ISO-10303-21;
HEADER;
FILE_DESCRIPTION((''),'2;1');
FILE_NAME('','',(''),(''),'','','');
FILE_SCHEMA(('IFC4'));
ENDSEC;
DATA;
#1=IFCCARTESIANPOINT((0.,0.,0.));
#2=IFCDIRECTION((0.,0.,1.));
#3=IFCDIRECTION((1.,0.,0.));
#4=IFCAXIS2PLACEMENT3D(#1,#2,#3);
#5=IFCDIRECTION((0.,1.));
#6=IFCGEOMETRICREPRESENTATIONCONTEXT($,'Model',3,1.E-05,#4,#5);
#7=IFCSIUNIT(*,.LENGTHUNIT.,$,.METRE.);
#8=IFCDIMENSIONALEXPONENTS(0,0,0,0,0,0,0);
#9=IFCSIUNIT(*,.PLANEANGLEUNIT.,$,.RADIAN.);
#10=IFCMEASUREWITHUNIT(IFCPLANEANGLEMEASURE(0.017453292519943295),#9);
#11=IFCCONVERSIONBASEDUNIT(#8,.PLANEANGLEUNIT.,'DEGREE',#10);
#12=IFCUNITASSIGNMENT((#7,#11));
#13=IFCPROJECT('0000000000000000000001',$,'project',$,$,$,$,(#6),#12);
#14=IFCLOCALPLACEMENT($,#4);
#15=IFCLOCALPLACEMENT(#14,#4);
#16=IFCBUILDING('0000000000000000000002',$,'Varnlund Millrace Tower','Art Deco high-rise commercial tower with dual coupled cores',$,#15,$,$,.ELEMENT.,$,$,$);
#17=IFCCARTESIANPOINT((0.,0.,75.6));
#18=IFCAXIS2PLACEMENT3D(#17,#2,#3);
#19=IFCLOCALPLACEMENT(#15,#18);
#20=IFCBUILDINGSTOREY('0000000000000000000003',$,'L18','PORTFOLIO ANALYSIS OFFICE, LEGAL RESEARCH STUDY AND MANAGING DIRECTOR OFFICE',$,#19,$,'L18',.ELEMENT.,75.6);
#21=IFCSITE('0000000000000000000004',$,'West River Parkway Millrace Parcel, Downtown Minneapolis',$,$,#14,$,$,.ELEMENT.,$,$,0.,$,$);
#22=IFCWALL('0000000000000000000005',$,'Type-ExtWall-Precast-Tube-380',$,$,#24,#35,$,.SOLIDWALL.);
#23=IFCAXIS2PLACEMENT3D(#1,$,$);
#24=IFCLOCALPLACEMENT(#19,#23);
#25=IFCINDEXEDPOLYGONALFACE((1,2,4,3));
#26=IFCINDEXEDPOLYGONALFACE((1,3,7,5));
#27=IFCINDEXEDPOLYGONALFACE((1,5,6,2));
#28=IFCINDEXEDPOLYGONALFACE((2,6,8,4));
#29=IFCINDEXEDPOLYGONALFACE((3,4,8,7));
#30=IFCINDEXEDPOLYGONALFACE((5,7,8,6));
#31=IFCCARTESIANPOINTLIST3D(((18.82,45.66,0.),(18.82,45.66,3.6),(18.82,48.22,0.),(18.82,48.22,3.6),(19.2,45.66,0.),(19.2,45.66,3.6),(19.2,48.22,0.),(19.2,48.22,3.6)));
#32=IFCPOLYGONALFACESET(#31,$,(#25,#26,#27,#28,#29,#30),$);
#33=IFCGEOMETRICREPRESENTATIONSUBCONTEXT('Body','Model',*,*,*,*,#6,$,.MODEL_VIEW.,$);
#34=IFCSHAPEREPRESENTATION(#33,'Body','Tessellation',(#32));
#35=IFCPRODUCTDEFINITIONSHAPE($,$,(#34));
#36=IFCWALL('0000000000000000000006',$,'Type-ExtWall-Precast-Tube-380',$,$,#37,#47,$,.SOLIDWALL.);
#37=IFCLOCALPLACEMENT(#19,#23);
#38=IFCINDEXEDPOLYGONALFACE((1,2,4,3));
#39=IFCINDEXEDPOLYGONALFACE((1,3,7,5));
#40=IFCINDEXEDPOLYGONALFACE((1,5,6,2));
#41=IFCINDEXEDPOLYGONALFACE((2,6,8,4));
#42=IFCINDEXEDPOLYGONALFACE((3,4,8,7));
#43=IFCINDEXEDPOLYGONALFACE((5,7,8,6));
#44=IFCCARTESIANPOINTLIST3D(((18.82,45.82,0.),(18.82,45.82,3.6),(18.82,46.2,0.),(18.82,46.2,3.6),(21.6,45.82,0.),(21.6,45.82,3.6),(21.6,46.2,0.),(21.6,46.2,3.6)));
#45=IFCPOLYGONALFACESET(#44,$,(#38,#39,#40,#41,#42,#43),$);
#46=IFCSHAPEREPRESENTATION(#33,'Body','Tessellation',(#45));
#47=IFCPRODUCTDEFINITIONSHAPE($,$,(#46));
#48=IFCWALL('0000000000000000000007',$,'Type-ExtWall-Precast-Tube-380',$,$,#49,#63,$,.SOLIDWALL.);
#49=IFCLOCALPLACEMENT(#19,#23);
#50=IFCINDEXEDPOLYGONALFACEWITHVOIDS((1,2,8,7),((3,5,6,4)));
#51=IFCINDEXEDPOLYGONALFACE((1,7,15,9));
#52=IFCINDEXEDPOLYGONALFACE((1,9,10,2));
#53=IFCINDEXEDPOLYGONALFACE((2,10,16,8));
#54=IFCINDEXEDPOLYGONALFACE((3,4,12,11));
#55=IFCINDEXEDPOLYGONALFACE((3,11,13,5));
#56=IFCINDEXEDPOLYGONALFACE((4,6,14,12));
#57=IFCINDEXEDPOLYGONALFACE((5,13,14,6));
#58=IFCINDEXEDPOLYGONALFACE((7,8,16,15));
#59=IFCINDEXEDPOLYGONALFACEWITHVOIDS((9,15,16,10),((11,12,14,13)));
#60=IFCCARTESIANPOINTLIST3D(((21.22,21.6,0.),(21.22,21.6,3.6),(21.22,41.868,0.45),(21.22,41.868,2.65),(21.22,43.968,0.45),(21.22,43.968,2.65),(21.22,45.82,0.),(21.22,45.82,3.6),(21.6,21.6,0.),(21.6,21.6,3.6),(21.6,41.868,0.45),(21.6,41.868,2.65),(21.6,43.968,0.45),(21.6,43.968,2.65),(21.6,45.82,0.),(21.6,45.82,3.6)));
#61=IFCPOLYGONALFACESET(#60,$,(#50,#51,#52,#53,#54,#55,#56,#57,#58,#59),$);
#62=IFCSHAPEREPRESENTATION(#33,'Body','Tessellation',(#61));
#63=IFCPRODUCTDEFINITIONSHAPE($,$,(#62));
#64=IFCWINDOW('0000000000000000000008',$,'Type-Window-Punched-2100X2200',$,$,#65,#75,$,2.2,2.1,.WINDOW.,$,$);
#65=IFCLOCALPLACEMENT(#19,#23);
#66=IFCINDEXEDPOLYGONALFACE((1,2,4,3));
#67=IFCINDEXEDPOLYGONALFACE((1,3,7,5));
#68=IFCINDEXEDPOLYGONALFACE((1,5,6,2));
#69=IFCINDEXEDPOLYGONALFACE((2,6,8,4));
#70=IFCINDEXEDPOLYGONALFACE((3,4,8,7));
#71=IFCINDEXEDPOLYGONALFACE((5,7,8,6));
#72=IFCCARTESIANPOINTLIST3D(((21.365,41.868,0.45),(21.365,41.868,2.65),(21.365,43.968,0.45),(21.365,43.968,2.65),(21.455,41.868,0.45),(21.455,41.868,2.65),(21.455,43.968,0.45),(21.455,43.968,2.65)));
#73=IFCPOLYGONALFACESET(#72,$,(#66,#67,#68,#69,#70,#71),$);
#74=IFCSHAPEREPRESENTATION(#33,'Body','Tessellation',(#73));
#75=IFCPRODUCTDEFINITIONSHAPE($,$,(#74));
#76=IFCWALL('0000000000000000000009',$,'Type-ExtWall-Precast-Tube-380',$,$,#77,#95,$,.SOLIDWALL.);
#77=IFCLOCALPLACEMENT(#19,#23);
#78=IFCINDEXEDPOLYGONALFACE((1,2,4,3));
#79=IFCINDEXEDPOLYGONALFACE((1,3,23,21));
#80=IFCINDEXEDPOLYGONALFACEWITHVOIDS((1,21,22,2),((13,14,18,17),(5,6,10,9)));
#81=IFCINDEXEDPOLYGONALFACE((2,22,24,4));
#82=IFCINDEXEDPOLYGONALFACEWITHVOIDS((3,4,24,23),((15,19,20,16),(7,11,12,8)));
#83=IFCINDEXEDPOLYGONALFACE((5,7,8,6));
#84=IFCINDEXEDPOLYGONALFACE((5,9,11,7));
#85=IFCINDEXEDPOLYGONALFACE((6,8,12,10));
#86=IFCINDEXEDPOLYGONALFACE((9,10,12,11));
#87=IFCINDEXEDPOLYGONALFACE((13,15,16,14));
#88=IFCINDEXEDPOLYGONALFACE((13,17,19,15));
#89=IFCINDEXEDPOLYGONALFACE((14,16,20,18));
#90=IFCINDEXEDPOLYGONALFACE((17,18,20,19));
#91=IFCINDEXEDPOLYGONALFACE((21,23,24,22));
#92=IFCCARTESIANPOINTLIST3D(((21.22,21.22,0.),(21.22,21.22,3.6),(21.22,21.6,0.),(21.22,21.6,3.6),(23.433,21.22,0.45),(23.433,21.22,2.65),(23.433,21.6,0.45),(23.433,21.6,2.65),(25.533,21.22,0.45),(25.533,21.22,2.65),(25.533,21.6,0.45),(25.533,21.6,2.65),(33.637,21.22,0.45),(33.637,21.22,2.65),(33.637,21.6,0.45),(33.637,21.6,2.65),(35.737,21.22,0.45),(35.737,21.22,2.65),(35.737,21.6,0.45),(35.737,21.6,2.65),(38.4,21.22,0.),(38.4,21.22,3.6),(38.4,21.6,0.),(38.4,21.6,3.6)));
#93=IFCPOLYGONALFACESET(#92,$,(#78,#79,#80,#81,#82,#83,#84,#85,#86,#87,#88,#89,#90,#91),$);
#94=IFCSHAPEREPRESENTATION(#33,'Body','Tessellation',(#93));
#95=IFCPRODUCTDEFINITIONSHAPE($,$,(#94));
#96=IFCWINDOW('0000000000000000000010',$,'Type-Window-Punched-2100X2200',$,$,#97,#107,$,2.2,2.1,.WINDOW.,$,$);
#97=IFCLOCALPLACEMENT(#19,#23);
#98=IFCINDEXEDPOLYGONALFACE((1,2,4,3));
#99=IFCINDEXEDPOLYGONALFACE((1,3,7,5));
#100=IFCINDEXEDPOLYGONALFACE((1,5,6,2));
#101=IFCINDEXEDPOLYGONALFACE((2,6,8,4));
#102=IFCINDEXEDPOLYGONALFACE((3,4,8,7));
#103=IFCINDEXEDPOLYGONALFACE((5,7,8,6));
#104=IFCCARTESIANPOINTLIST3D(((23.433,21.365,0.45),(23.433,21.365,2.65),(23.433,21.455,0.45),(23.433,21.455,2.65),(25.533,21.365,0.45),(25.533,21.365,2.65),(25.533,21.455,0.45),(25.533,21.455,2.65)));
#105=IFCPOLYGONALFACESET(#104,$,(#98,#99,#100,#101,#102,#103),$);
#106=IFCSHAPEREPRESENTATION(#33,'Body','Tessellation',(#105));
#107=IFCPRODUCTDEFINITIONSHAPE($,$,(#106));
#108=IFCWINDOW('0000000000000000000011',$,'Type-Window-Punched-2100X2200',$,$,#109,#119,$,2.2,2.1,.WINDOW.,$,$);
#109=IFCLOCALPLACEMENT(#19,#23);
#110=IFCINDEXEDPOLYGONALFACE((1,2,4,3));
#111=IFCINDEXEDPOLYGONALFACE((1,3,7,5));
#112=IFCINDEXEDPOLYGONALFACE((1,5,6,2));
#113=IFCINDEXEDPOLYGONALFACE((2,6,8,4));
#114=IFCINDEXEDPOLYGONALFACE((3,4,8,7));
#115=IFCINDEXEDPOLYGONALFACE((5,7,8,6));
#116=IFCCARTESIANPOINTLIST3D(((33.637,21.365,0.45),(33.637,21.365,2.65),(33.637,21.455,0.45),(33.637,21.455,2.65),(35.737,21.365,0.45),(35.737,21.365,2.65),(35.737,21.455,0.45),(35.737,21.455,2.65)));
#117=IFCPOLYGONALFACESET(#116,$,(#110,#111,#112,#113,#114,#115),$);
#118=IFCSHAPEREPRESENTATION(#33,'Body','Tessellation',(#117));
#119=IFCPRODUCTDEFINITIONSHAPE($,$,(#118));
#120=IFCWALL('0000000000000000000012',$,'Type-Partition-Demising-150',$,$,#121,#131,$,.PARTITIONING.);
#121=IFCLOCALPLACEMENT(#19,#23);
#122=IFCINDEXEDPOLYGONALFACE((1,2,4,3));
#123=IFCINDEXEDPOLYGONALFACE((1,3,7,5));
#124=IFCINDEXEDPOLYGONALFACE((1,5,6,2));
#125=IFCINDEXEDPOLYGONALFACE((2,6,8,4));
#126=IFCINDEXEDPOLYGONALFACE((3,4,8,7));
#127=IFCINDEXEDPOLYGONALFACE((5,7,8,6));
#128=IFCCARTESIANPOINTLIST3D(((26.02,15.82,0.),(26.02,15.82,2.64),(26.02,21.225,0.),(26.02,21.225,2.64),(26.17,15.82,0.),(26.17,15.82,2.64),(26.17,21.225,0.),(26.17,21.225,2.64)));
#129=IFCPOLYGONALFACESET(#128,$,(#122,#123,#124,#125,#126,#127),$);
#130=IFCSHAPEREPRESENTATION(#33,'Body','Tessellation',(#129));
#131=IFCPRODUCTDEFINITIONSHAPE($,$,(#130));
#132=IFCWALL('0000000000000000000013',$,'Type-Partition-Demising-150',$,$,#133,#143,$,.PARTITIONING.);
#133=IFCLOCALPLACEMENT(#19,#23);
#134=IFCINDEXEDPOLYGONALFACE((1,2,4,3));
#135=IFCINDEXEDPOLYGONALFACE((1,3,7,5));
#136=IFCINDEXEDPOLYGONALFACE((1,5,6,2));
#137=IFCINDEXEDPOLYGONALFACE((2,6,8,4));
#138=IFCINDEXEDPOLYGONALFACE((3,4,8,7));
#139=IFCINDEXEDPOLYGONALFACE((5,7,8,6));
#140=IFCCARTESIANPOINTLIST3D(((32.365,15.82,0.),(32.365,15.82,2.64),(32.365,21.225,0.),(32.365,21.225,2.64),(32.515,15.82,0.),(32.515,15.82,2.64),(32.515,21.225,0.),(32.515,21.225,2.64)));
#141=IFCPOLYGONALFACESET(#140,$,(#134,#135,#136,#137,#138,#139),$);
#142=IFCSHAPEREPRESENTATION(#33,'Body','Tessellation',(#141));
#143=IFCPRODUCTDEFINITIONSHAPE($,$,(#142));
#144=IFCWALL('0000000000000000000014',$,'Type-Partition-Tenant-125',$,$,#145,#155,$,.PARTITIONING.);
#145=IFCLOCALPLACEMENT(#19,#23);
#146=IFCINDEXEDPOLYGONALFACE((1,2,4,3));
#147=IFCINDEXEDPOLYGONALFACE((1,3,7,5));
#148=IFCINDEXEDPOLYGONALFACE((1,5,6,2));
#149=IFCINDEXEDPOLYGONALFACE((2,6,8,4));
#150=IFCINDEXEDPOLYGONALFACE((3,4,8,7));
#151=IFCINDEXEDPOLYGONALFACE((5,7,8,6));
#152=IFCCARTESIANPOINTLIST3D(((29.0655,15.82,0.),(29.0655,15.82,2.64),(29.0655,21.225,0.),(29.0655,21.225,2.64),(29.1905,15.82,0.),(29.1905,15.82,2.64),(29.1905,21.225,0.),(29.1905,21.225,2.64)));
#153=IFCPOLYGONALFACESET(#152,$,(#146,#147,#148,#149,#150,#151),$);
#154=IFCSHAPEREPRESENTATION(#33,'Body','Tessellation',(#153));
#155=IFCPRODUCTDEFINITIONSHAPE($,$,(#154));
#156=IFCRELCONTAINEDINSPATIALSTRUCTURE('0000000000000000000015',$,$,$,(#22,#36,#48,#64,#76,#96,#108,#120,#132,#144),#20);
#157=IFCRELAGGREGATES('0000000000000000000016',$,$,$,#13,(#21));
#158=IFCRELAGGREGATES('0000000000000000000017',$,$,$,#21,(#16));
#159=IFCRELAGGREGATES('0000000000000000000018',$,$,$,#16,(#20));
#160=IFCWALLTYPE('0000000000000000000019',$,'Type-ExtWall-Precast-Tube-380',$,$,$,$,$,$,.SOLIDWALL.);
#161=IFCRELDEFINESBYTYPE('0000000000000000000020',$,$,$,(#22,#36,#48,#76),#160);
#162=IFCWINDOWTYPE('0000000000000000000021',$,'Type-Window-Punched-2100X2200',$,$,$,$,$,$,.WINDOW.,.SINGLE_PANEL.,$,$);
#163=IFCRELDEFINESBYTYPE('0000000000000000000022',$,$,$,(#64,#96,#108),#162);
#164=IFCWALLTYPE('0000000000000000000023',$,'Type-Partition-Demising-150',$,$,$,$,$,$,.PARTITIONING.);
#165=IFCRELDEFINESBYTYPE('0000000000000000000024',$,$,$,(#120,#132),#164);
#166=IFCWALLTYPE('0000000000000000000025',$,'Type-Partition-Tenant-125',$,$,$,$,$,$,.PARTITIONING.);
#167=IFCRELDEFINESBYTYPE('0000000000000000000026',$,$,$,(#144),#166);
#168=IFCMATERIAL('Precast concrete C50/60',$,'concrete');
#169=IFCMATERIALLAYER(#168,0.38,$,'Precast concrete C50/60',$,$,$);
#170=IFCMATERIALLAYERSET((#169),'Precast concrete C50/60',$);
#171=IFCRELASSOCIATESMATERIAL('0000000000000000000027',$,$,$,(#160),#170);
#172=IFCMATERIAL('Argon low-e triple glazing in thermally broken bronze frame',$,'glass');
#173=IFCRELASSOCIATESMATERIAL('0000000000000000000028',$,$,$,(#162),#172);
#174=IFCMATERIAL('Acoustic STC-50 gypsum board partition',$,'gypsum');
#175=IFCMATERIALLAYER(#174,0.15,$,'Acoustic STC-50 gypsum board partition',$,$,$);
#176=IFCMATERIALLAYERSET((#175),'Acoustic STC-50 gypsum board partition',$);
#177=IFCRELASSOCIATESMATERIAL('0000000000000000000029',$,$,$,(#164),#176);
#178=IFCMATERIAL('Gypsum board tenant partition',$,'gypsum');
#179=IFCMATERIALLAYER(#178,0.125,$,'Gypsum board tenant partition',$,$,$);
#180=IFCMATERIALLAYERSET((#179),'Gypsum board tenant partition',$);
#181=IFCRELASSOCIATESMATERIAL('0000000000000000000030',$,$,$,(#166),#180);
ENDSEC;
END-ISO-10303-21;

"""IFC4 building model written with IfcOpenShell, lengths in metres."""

from ifc_helpers import new_model, entity, si_unit, converted_unit, direction, frame, origin_with_axes, origin_2d_with_axis, place, context, subcontext, project, spatial, polyline, rectangle, outline, extrude, material, layer, layer_set, type_object, element, fill, save


model = new_model("IFC4")

# Units and contexts
model_context = context("Model", 3, precision=1e-05, world=origin_with_axes(), true_north=direction((0.0, 1.0)))
body_context = subcontext(model_context, "Body", "Model", "MODEL_VIEW")
ifc_project = project(units=[si_unit("LENGTHUNIT", "METRE"), converted_unit("PLANEANGLEUNIT", "DEGREE", entity("IfcPlaneAngleMeasure", 0.017453292519943295), si_unit("PLANEANGLEUNIT", "RADIAN"), dimensions=[0, 0, 0, 0, 0, 0, 0])], contexts=[model_context])

# Site, building, storey
site_placement = place(None, origin_with_axes())
site = spatial("IfcSite", under=ifc_project, at=site_placement, Name="West River Parkway Millrace Parcel, Downtown Minneapolis", CompositionType="ELEMENT", RefElevation=0.0)
building_placement = place(site_placement, origin_with_axes())
building = spatial("IfcBuilding", under=site, at=building_placement, Name="Varnlund Millrace Tower", Description="Art Deco high-rise commercial tower with dual coupled cores", CompositionType="ELEMENT")
storey_placement = place(building_placement, frame((0.0, 0.0, 75.6), z_axis=(0.0, 0.0, 1.0), x_axis=(1.0, 0.0, 0.0)))
storey = spatial("IfcBuildingStorey", under=building, at=storey_placement, Name="L18", Description="PORTFOLIO ANALYSIS OFFICE, LEGAL RESEARCH STUDY AND MANAGING DIRECTOR OFFICE", LongName="L18", CompositionType="ELEMENT", Elevation=75.6)

# Shared definitions
ifc_material_1 = material(Name="Precast concrete C50/60", Category="concrete")
ifc_layer_1 = layer(ifc_material_1, 0.38, Name="Precast concrete C50/60")
ifc_layer_set_1 = layer_set([ifc_layer_1], Name="Precast concrete C50/60")
wall_type_1 = type_object("IfcWallType", Name="Type-ExtWall-Precast-Tube-380", PredefinedType="SOLIDWALL", material=ifc_layer_set_1)

# Shared definitions
ifc_material_2 = material(Name="Argon low-e triple glazing in thermally broken bronze frame", Category="glass")
window_type = type_object("IfcWindowType", Name="Type-Window-Punched-2100X2200", PartitioningType="SINGLE_PANEL", PredefinedType="WINDOW", material=ifc_material_2)

# Walls
wall_1_placement = place(storey_placement, frame((19.01, 48.22, 0.0), z_axis=(0.0, 0.0, 1.0), x_axis=(0.0, -1.0, 0.0)))
element("IfcWall", 1, at=wall_1_placement, inside=storey, type_object=wall_type_1, Name="Type-ExtWall-Precast-Tube-380", PredefinedType="SOLIDWALL", context=body_context, shape_type="SweptSolid", body=[
    extrude(outline(polyline([(0.0, -0.19), (2.56, -0.19), (2.56, 0.19), (0.0, 0.19), (0.0, -0.19)])), origin_with_axes(), (0.0, 0.0, 1.0), 3.6),
])
wall_2_placement = place(storey_placement, frame((18.82, 46.01, 0.0), z_axis=(0.0, 0.0, 1.0), x_axis=(1.0, 0.0, 0.0)))
element("IfcWall", 2, at=wall_2_placement, inside=storey, type_object=wall_type_1, Name="Type-ExtWall-Precast-Tube-380", PredefinedType="SOLIDWALL", context=body_context, shape_type="SweptSolid", body=[
    extrude(outline(polyline([(0.0, -0.19), (2.78, -0.19), (2.78, 0.19), (0.0, 0.19), (0.0, -0.19)])), origin_with_axes(), (0.0, 0.0, 1.0), 3.6),
])

# Wall, opening, window
wall_3_placement = place(storey_placement, frame((21.41, 45.82, 0.0), z_axis=(0.0, 0.0, 1.0), x_axis=(0.0, -1.0, 0.0)))
wall_3 = element("IfcWall", 3, at=wall_3_placement, inside=storey, type_object=wall_type_1, Name="Type-ExtWall-Precast-Tube-380", PredefinedType="SOLIDWALL", context=body_context, shape_type="SweptSolid", body=[
    extrude(outline(polyline([(0.0, -0.19), (24.22, -0.19), (24.22, 0.19), (0.0, 0.19), (0.0, -0.19)])), origin_with_axes(), (0.0, 0.0, 1.0), 3.6),
])
opening_1_placement = place(wall_3_placement, frame((2.902, 0.0, 0.45), z_axis=(0.0, 0.0, 1.0), x_axis=(1.0, 0.0, 0.0)))
opening_1 = element("IfcOpeningElement", 4, at=opening_1_placement, cuts=wall_3, PredefinedType="OPENING", context=body_context, shape_type="SweptSolid", body=[
    extrude(rectangle(XDim=2.1, YDim=0.4, at=origin_2d_with_axis()), origin_with_axes(), (0.0, 0.0, 1.0), 2.2),
])
window_1_placement = place(wall_3_placement, frame((2.902, 0.0, 0.45), z_axis=(0.0, 0.0, 1.0), x_axis=(1.0, 0.0, 0.0)))
window_1 = element("IfcWindow", 5, at=window_1_placement, inside=storey, type_object=window_type, Name="Type-Window-Punched-2100X2200", OverallHeight=2.2, OverallWidth=2.1, PredefinedType="WINDOW", context=body_context, shape_type="SweptSolid", body=[
    extrude(rectangle(XDim=2.1, YDim=0.09, at=origin_2d_with_axis()), origin_with_axes(), (0.0, 0.0, 1.0), 2.2),
])
fill(opening_1, window_1)

# Wall, openings, windows
wall_4_placement = place(storey_placement, frame((21.22, 21.41, 0.0), z_axis=(0.0, 0.0, 1.0), x_axis=(1.0, 0.0, 0.0)))
wall_4 = element("IfcWall", 6, at=wall_4_placement, inside=storey, type_object=wall_type_1, Name="Type-ExtWall-Precast-Tube-380", PredefinedType="SOLIDWALL", context=body_context, shape_type="SweptSolid", body=[
    extrude(outline(polyline([(0.0, -0.19), (17.18, -0.19), (17.18, 0.19), (0.0, 0.19), (0.0, -0.19)])), origin_with_axes(), (0.0, 0.0, 1.0), 3.6),
])
opening_2_placement = place(wall_4_placement, frame((3.263, 0.0, 0.45), z_axis=(0.0, 0.0, 1.0), x_axis=(1.0, 0.0, 0.0)))
opening_2 = element("IfcOpeningElement", 7, at=opening_2_placement, cuts=wall_4, PredefinedType="OPENING", context=body_context, shape_type="SweptSolid", body=[
    extrude(rectangle(XDim=2.1, YDim=0.4, at=origin_2d_with_axis()), origin_with_axes(), (0.0, 0.0, 1.0), 2.2),
])
opening_3_placement = place(wall_4_placement, frame((13.467, 0.0, 0.45), z_axis=(0.0, 0.0, 1.0), x_axis=(1.0, 0.0, 0.0)))
opening_3 = element("IfcOpeningElement", 8, at=opening_3_placement, cuts=wall_4, PredefinedType="OPENING", context=body_context, shape_type="SweptSolid", body=[
    extrude(rectangle(XDim=2.1, YDim=0.4, at=origin_2d_with_axis()), origin_with_axes(), (0.0, 0.0, 1.0), 2.2),
])
window_2_placement = place(wall_4_placement, frame((3.263, 0.0, 0.45), z_axis=(0.0, 0.0, 1.0), x_axis=(1.0, 0.0, 0.0)))
window_2 = element("IfcWindow", 9, at=window_2_placement, inside=storey, type_object=window_type, Name="Type-Window-Punched-2100X2200", OverallHeight=2.2, OverallWidth=2.1, PredefinedType="WINDOW", context=body_context, shape_type="SweptSolid", body=[
    extrude(rectangle(XDim=2.1, YDim=0.09, at=origin_2d_with_axis()), origin_with_axes(), (0.0, 0.0, 1.0), 2.2),
])
fill(opening_2, window_2)
window_3_placement = place(wall_4_placement, frame((13.467, 0.0, 0.45), z_axis=(0.0, 0.0, 1.0), x_axis=(1.0, 0.0, 0.0)))
window_3 = element("IfcWindow", 10, at=window_3_placement, inside=storey, type_object=window_type, Name="Type-Window-Punched-2100X2200", OverallHeight=2.2, OverallWidth=2.1, PredefinedType="WINDOW", context=body_context, shape_type="SweptSolid", body=[
    extrude(rectangle(XDim=2.1, YDim=0.09, at=origin_2d_with_axis()), origin_with_axes(), (0.0, 0.0, 1.0), 2.2),
])
fill(opening_3, window_3)

# Walls
ifc_material_3 = material(Name="Acoustic STC-50 gypsum board partition", Category="gypsum")
ifc_layer_2 = layer(ifc_material_3, 0.15, Name="Acoustic STC-50 gypsum board partition")
ifc_layer_set_2 = layer_set([ifc_layer_2], Name="Acoustic STC-50 gypsum board partition")
wall_type_2 = type_object("IfcWallType", Name="Type-Partition-Demising-150", PredefinedType="PARTITIONING", material=ifc_layer_set_2)
for number, where, z_axis, x_axis, name in (
    (11, (26.095, 15.82, 0.0), (0.0, 0.0, 1.0), (0.0, 1.0, 0.0), "Type-Partition-Demising-150"),
    (12, (32.44, 15.82, 0.0), (0.0, 0.0, 1.0), (0.0, 1.0, 0.0), "Type-Partition-Demising-150"),
):
    element("IfcWall", number, at=place(storey_placement, frame(where, z_axis=z_axis, x_axis=x_axis)), inside=storey, type_object=wall_type_2, Name=name, PredefinedType="PARTITIONING", context=body_context, shape_type="SweptSolid", body=[
        extrude(outline(polyline([(0.0, -0.075), (5.405, -0.075), (5.405, 0.075), (0.0, 0.075), (0.0, -0.075)])), origin_with_axes(), (0.0, 0.0, 1.0), 2.64),
    ])
ifc_material_4 = material(Name="Gypsum board tenant partition", Category="gypsum")
ifc_layer_3 = layer(ifc_material_4, 0.125, Name="Gypsum board tenant partition")
ifc_layer_set_3 = layer_set([ifc_layer_3], Name="Gypsum board tenant partition")
wall_type_3 = type_object("IfcWallType", Name="Type-Partition-Tenant-125", PredefinedType="PARTITIONING", material=ifc_layer_set_3)
wall_5_placement = place(storey_placement, frame((29.128, 15.82, 0.0), z_axis=(0.0, 0.0, 1.0), x_axis=(0.0, 1.0, 0.0)))
element("IfcWall", 13, at=wall_5_placement, inside=storey, type_object=wall_type_3, Name="Type-Partition-Tenant-125", PredefinedType="PARTITIONING", context=body_context, shape_type="SweptSolid", body=[
    extrude(outline(polyline([(0.0, -0.0625), (5.405, -0.0625), (5.405, 0.0625), (0.0, 0.0625), (0.0, -0.0625)])), origin_with_axes(), (0.0, 0.0, 1.0), 2.64),
])

save(model, "model.ifc")
